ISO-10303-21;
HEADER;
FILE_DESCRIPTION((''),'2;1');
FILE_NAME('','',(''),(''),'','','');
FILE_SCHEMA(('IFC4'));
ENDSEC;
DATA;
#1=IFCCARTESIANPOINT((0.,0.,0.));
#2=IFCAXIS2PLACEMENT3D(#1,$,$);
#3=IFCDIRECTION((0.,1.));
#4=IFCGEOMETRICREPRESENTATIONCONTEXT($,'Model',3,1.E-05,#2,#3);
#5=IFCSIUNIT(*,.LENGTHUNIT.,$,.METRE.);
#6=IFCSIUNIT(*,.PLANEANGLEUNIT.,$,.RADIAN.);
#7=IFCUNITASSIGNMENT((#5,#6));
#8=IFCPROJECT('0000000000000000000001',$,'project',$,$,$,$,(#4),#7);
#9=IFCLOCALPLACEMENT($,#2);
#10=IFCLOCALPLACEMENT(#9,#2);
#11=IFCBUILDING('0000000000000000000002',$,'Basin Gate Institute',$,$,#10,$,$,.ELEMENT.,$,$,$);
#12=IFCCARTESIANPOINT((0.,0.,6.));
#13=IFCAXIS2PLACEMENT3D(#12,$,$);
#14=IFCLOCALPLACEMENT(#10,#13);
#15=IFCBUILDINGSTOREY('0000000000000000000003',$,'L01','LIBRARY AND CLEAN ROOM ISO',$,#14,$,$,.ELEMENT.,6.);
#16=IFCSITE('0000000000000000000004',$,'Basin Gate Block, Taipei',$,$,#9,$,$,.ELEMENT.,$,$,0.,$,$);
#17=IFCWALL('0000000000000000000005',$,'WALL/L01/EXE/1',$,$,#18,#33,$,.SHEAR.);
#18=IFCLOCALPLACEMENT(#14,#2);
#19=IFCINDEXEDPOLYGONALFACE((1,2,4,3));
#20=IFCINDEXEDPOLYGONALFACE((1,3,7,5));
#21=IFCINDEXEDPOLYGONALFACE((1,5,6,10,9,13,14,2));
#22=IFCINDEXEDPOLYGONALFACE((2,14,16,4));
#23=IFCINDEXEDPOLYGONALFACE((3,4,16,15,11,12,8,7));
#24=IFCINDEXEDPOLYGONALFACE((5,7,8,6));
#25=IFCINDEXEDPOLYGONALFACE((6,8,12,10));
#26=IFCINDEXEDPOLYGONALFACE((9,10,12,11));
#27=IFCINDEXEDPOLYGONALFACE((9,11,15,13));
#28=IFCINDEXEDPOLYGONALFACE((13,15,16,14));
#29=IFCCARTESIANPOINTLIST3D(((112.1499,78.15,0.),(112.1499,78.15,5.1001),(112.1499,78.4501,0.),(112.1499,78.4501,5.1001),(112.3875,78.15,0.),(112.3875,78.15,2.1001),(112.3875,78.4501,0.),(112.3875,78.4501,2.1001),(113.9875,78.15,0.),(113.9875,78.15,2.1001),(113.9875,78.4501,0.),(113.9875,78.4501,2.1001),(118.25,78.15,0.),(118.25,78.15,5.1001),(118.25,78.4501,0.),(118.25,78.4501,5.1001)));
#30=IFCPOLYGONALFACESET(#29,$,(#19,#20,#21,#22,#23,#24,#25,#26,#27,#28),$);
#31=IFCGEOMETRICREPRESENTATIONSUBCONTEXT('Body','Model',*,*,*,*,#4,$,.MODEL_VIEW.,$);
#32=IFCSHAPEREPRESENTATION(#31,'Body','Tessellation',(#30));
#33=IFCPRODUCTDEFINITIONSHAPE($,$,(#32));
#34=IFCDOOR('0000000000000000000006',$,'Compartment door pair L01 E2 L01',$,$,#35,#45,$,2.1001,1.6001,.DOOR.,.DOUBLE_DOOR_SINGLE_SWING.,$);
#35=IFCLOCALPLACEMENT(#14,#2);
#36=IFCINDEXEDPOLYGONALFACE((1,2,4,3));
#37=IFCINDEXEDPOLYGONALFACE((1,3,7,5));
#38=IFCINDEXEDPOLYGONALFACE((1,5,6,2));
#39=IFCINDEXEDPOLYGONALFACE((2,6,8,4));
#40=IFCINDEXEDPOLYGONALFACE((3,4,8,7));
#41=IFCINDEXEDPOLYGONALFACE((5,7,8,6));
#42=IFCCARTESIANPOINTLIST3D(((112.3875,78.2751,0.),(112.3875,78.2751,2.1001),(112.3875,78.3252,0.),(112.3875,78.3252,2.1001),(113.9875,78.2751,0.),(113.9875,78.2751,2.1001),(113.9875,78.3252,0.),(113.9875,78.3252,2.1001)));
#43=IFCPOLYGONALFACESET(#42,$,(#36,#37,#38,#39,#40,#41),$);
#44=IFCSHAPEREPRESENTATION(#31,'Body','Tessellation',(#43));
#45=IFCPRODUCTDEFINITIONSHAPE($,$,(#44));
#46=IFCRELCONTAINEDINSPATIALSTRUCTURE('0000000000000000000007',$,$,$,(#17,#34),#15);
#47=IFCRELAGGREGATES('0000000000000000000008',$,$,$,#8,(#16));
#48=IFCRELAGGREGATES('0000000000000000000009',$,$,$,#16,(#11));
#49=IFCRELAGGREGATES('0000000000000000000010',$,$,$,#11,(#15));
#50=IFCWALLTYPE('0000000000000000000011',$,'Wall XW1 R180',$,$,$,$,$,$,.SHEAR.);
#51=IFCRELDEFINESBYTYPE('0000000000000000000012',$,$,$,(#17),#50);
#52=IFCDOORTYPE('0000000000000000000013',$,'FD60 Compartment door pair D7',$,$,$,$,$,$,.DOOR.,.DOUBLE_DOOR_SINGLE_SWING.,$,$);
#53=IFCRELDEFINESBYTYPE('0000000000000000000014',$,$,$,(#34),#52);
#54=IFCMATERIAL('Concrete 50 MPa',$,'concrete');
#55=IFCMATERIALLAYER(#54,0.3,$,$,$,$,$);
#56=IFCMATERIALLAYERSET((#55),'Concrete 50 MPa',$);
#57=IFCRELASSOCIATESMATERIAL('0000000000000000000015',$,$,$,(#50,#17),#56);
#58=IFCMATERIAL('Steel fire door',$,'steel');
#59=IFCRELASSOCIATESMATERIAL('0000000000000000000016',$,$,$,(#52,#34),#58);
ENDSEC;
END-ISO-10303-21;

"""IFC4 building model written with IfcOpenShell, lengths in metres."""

from ifc_helpers import new_model, si_unit, direction, frame, frame_2d, origin, place, context, subcontext, project, spatial, rectangle, extrude, material, layer, layer_set, type_object, element, fill, save


model = new_model("IFC4")

# Units and contexts
model_context = context("Model", 3, precision=1e-05, world=origin(), true_north=direction((0.0, 1.0)))
body_context = subcontext(model_context, "Body", "Model", "MODEL_VIEW")
ifc_project = project(units=[si_unit("LENGTHUNIT", "METRE"), si_unit("PLANEANGLEUNIT", "RADIAN")], contexts=[model_context])

# Site, building, storey
site_placement = place(None, origin())
site = spatial("IfcSite", under=ifc_project, at=site_placement, Name="Basin Gate Block, Taipei", CompositionType="ELEMENT", RefElevation=0.0)
building_placement = place(site_placement, origin())
building = spatial("IfcBuilding", under=site, at=building_placement, Name="Basin Gate Institute", CompositionType="ELEMENT")
storey_placement = place(building_placement, frame((0.0, 0.0, 6.0)))
storey = spatial("IfcBuildingStorey", under=building, at=storey_placement, Name="L01", Description="LIBRARY AND CLEAN ROOM ISO", CompositionType="ELEMENT", Elevation=6.0)

# Wall, opening, door
ifc_material_1 = material(Name="Concrete 50 MPa", Category="concrete")
ifc_layer_1 = layer(ifc_material_1, 0.3)
ifc_layer_set_1 = layer_set([ifc_layer_1], Name="Concrete 50 MPa")
wall_type_1 = type_object("IfcWallType", Name="Wall XW1 R180", PredefinedType="SHEAR", material=ifc_layer_set_1)
wall_1_placement = place(storey_placement, frame((118.25, 78.3, 0.0), z_axis=(0.0, 0.0, 1.0), x_axis=(-1.0, 0.0, 0.0)))
wall_1 = element("IfcWall", 1, at=wall_1_placement, inside=storey, type_object=wall_type_1, material=ifc_layer_set_1, Name="WALL/L01/EXE/1", PredefinedType="SHEAR", context=body_context, shape_type="SweptSolid", body=[
    extrude(rectangle(XDim=6.1001, YDim=0.3, at=frame_2d((3.05, 0.0))), origin(), (0.0, 0.0, 1.0), 5.1001),
])
opening_1_placement = place(wall_1_placement, frame((4.2625, 0.0, 0.0)))
opening_1 = element("IfcOpeningElement", 2, at=opening_1_placement, cuts=wall_1, PredefinedType="OPENING", context=body_context, shape_type="SweptSolid", body=[
    extrude(rectangle(XDim=1.6001, YDim=2.1001, at=frame_2d((0.8, 1.05))), frame((0.0, 0.1602, 0.0), z_axis=(0.0, -1.0, 0.0), x_axis=(1.0, 0.0, 0.0)), (0.0, 0.0, 1.0), 0.3201),
])
ifc_material_2 = material(Name="Steel fire door", Category="steel")
door_type_1 = type_object("IfcDoorType", Name="FD60 Compartment door pair D7", OperationType="DOUBLE_DOOR_SINGLE_SWING", PredefinedType="DOOR", material=ifc_material_2)
door_1_placement = place(opening_1_placement, origin())
door_1 = element("IfcDoor", 3, at=door_1_placement, inside=storey, type_object=door_type_1, material=ifc_material_2, Name="Compartment door pair L01 E2 L01", OperationType="DOUBLE_DOOR_SINGLE_SWING", OverallHeight=2.1001, OverallWidth=1.6001, PredefinedType="DOOR", context=body_context, shape_type="SweptSolid", body=[
    extrude(rectangle(XDim=1.6001, YDim=2.1001, at=frame_2d((0.8, 1.05))), frame((0.0, 0.0249, 0.0), z_axis=(0.0, -1.0, 0.0), x_axis=(1.0, 0.0, 0.0)), (0.0, 0.0, 1.0), 0.05),
])
fill(opening_1, door_1)

save(model, "model.ifc")
